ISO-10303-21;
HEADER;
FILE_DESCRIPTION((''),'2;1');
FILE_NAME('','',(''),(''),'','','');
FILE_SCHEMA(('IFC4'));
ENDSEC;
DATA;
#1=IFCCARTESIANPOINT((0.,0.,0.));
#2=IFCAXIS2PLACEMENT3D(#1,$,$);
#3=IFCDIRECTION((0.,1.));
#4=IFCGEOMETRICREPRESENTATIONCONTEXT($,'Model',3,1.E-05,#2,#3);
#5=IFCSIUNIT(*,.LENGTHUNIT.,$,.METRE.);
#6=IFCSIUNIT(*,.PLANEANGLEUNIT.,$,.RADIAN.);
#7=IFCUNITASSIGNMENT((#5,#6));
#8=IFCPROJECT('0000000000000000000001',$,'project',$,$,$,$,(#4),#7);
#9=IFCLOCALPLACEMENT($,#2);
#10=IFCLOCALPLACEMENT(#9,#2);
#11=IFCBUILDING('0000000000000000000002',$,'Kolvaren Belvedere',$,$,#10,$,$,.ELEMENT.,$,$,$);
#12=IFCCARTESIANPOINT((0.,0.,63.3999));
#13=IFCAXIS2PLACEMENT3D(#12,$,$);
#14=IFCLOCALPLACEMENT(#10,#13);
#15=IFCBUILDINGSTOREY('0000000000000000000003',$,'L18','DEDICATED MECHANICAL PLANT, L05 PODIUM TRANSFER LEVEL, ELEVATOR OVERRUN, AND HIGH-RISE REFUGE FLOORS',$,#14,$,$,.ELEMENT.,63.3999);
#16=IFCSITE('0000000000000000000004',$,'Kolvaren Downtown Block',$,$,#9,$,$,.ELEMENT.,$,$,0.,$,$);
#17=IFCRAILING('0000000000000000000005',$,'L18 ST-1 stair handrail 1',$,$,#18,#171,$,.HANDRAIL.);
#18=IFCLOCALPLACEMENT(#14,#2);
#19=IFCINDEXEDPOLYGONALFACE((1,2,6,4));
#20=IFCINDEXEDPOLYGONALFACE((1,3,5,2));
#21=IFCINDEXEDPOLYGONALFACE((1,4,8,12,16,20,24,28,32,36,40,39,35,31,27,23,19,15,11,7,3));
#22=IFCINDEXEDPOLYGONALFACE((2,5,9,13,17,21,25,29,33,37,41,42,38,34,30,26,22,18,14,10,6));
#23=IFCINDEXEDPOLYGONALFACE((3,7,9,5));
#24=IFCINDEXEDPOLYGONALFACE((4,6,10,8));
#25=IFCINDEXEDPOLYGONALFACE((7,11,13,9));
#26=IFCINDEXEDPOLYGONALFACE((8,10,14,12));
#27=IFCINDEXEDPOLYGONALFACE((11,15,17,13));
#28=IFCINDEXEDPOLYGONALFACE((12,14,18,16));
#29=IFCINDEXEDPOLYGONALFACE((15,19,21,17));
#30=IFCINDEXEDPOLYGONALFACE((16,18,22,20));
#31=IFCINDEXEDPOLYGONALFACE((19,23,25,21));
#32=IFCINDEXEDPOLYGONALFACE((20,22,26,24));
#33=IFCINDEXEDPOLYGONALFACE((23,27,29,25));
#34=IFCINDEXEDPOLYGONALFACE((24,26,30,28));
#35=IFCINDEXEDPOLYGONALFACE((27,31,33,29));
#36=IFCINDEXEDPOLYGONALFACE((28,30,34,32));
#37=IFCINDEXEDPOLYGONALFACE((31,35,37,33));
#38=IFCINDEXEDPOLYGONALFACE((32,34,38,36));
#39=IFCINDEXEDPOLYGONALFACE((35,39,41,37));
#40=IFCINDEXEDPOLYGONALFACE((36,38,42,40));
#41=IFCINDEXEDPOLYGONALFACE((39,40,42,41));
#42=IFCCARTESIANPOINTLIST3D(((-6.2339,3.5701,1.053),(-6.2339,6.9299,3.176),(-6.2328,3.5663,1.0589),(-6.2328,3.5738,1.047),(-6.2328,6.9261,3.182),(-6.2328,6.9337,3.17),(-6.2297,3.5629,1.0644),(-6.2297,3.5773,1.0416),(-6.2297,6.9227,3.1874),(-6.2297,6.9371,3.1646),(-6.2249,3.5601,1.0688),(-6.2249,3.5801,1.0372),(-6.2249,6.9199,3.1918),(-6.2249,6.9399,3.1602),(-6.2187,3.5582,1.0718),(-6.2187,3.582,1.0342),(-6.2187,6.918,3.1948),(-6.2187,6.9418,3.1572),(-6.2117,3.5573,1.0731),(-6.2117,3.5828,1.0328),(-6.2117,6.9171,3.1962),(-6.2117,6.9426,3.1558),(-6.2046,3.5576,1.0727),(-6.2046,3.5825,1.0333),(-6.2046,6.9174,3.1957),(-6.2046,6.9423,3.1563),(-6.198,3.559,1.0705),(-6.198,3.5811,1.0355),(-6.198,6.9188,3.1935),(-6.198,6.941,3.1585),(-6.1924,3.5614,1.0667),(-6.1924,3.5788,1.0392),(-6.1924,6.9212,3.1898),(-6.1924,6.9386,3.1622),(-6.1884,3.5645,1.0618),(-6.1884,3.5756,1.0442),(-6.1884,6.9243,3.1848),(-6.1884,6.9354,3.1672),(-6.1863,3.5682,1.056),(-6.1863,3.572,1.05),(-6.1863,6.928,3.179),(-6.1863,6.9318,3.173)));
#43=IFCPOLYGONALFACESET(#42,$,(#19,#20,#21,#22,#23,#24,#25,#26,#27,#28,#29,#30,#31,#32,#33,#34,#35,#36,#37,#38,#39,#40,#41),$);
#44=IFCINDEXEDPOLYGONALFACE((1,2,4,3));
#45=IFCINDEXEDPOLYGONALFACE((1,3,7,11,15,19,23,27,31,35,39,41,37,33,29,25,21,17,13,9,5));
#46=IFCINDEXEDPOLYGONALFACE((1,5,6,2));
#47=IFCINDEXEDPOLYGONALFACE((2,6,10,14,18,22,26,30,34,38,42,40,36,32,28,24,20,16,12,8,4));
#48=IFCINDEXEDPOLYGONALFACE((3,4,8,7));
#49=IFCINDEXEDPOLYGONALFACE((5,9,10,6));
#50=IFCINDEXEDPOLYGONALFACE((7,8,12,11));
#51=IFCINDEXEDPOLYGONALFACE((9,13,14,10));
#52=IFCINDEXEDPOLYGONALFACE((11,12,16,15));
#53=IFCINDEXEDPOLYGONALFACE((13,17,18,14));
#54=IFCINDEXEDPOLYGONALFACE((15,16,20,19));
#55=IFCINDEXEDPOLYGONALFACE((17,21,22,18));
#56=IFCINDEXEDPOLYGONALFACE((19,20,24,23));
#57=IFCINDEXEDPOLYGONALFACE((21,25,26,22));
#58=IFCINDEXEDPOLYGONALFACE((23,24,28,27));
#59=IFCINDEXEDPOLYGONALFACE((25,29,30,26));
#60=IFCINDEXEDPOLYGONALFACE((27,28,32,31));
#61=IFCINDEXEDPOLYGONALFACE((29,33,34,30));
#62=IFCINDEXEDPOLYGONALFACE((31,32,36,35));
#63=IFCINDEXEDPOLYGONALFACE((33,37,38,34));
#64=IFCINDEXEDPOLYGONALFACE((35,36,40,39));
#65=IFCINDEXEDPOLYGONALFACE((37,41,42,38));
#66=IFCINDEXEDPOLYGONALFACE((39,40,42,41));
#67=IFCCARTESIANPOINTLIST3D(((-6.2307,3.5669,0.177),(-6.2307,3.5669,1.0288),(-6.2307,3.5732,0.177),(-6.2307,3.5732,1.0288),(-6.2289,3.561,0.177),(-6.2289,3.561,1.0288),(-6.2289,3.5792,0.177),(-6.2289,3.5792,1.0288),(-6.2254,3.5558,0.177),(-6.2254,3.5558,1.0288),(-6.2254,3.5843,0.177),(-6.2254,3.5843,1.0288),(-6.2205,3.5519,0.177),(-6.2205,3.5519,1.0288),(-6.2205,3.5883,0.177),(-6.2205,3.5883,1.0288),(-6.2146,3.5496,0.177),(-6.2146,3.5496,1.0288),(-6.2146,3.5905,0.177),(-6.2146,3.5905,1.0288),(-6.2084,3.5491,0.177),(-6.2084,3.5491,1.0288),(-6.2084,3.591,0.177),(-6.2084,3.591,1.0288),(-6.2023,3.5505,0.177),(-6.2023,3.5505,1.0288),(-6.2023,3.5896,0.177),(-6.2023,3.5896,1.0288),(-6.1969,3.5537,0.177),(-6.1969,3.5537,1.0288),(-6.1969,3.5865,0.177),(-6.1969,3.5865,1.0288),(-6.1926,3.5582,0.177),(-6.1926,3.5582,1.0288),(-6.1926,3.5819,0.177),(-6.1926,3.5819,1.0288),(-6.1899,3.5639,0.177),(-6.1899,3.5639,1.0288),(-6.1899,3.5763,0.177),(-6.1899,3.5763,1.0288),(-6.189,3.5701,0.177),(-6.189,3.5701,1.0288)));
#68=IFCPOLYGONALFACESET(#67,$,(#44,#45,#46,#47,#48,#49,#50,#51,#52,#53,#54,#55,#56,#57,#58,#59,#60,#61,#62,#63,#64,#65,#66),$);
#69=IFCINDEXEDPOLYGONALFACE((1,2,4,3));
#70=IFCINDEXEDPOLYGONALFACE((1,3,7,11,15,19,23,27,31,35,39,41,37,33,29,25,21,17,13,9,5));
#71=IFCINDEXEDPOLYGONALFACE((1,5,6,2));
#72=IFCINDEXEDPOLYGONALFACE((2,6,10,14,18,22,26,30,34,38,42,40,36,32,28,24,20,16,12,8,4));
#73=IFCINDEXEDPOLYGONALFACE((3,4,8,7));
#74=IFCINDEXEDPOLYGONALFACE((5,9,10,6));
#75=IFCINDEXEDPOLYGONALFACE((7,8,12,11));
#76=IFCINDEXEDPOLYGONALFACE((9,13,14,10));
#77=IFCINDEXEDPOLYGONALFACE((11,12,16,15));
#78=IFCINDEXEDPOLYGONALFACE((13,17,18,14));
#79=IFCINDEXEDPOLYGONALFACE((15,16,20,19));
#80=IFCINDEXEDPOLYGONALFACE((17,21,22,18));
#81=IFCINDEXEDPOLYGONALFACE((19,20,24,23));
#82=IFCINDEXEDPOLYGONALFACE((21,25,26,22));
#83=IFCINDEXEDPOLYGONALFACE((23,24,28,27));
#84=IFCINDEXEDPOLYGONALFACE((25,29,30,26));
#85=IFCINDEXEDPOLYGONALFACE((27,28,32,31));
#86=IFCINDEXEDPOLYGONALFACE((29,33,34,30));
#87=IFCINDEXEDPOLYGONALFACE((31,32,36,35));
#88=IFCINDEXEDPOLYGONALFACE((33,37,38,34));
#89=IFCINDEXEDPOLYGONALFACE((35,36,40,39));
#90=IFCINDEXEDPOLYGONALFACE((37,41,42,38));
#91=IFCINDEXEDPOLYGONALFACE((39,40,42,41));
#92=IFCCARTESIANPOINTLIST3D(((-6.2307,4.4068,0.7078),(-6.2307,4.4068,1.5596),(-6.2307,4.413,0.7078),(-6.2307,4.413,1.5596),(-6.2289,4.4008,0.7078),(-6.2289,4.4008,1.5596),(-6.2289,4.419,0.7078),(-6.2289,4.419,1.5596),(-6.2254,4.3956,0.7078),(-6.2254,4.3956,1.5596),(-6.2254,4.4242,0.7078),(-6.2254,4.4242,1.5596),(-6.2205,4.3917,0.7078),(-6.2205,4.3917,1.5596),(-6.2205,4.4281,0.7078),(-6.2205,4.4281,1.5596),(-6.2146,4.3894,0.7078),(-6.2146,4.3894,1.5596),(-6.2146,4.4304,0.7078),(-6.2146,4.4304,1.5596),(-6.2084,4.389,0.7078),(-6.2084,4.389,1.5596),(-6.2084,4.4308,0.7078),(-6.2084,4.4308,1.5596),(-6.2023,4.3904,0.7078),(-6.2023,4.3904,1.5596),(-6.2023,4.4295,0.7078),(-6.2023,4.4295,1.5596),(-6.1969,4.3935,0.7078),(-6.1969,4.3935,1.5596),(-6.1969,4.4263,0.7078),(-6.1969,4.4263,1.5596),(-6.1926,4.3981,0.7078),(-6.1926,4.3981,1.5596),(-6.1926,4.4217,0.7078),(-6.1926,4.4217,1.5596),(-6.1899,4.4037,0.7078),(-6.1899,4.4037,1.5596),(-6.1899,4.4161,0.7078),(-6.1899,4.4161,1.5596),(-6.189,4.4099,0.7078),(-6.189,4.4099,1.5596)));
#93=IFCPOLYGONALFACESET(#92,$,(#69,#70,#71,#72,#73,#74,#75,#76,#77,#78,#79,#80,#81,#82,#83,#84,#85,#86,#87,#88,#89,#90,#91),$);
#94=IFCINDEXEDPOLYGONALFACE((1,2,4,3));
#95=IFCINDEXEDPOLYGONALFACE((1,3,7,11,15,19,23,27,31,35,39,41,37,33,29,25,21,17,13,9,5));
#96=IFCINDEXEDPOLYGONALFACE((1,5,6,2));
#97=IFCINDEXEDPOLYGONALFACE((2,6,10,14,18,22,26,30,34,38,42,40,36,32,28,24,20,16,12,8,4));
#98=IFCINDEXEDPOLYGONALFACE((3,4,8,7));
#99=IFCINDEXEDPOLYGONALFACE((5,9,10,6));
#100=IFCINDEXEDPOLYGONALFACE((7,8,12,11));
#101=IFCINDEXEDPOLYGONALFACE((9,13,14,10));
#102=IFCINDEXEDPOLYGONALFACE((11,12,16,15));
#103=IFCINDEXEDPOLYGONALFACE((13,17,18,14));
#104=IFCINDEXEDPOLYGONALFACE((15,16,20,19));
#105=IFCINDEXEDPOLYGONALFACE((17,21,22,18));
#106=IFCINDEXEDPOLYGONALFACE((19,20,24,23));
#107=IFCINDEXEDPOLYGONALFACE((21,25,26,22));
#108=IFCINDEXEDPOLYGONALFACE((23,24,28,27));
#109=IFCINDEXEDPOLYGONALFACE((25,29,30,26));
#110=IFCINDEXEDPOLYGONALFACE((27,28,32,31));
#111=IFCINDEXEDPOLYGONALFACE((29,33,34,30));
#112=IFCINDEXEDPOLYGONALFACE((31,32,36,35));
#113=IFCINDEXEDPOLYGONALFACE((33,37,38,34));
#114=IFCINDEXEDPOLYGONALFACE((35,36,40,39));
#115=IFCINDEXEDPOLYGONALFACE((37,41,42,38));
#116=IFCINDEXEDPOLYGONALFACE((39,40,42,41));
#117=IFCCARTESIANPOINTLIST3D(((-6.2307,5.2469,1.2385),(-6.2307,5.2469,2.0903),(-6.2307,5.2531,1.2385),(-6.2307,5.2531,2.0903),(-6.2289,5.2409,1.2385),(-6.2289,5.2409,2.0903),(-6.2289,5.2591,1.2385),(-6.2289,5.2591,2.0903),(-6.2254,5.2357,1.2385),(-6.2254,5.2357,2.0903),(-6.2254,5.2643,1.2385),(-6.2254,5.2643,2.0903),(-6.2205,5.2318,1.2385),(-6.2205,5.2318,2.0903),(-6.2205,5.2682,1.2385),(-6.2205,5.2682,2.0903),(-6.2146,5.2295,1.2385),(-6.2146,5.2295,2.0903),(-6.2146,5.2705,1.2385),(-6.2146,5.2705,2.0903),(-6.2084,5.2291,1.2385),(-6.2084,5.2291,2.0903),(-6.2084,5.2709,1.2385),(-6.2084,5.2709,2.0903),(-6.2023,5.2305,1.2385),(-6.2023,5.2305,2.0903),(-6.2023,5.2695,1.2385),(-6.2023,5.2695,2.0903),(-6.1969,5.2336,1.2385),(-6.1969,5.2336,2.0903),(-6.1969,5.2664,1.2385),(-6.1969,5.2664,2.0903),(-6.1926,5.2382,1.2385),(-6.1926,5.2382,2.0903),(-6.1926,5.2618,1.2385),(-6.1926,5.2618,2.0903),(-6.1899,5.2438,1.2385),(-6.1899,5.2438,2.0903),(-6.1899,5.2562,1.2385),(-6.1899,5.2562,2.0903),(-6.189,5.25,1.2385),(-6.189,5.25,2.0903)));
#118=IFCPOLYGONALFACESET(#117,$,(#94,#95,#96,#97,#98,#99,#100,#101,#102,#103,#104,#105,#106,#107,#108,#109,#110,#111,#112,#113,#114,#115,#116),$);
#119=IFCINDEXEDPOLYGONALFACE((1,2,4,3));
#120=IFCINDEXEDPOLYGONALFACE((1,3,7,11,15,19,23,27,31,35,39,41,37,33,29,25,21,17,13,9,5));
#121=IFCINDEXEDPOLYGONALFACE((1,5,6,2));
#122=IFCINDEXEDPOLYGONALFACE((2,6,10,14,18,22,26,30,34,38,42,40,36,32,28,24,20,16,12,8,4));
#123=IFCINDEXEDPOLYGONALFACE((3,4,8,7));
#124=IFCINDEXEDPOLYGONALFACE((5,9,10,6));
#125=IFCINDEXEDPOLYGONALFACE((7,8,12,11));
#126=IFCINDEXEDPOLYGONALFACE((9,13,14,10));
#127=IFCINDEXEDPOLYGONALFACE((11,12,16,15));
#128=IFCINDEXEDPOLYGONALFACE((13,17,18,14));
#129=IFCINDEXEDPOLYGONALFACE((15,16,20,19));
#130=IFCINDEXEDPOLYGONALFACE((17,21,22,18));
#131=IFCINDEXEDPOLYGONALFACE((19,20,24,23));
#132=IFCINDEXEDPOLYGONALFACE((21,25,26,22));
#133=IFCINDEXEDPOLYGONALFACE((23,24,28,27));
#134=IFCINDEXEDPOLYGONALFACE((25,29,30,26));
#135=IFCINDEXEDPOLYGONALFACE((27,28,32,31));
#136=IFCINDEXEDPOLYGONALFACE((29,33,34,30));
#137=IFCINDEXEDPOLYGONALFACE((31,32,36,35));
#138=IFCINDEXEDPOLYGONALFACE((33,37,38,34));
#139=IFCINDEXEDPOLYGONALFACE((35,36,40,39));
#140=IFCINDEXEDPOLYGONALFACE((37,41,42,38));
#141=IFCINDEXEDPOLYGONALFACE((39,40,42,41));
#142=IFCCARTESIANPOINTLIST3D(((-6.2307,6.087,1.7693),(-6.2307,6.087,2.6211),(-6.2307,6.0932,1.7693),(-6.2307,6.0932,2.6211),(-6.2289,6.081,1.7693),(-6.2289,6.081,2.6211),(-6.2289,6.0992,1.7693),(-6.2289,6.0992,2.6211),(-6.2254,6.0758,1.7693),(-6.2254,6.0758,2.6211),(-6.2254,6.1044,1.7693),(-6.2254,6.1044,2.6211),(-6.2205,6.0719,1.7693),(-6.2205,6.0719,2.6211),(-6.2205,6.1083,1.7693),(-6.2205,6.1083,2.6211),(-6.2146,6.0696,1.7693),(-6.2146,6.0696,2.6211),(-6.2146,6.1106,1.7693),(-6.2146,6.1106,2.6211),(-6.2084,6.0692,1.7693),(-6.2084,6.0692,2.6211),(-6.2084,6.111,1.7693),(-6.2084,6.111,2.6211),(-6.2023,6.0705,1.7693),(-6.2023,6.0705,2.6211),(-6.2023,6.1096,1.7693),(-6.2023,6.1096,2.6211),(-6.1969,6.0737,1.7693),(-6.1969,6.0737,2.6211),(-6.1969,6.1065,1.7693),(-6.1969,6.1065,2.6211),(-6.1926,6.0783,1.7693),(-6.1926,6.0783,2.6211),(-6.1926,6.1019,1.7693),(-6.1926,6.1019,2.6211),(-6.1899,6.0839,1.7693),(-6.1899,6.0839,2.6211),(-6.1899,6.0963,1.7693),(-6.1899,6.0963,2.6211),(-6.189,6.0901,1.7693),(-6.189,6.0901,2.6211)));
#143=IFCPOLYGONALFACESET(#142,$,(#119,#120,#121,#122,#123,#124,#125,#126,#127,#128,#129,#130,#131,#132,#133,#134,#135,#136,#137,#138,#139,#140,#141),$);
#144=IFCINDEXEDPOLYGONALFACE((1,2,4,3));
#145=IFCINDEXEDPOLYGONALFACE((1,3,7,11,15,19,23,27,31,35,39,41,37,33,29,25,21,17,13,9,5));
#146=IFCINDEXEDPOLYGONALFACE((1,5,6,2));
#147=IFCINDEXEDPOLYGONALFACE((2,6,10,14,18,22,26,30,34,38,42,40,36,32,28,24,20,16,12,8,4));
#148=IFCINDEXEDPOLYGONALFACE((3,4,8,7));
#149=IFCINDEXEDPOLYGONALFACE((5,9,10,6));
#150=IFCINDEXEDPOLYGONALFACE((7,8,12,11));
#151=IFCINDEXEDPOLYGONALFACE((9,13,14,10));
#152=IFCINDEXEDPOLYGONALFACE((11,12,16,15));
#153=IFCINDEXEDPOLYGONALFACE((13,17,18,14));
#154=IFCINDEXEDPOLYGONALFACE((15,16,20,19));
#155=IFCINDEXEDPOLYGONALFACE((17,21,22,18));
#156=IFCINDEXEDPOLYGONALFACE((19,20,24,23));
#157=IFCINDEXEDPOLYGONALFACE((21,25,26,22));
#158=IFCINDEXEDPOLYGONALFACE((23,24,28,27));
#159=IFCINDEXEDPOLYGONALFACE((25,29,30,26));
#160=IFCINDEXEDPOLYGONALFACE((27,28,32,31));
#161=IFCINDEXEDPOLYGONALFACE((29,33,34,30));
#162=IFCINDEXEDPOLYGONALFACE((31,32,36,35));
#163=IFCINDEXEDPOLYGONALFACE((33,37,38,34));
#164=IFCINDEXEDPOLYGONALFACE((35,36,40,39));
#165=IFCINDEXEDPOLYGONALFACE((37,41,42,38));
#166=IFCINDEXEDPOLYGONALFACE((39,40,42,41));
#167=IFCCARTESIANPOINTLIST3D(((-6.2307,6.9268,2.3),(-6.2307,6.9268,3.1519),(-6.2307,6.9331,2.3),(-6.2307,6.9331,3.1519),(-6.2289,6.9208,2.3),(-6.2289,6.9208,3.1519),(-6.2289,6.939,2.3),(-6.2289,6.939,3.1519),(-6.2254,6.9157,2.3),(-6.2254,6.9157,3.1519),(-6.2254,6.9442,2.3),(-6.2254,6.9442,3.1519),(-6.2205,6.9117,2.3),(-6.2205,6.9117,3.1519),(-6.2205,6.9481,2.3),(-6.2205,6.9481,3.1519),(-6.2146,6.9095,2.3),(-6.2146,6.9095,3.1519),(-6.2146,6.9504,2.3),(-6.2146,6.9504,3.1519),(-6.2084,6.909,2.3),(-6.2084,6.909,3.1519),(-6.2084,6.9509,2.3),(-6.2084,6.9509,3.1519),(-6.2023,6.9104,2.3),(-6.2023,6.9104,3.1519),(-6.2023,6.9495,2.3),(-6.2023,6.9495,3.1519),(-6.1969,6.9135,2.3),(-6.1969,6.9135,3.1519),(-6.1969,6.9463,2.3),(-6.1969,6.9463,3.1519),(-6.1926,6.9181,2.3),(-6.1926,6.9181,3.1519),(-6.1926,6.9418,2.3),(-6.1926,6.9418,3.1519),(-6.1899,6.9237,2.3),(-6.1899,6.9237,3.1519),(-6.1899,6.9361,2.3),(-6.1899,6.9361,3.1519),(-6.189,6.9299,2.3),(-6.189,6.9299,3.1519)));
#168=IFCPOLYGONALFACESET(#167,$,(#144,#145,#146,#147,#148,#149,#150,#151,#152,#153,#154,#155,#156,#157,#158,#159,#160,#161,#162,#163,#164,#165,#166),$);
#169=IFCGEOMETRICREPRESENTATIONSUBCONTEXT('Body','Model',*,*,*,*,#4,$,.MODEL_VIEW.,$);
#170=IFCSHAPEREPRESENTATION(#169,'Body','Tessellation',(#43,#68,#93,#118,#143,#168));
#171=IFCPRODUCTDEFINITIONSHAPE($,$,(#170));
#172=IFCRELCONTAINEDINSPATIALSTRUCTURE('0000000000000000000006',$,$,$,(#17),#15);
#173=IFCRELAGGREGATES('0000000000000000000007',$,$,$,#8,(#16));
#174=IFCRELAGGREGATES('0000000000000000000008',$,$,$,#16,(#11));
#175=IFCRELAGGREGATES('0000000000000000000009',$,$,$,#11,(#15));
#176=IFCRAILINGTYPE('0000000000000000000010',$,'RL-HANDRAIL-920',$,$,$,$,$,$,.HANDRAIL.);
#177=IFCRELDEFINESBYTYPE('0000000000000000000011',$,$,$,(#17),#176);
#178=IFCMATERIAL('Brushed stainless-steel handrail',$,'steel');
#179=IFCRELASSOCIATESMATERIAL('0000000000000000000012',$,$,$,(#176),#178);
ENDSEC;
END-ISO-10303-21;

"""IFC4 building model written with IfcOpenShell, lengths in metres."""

from ifc_helpers import new_model, si_unit, direction, frame, origin, origin_2d, place, context, subcontext, project, spatial, circle, extrude, material, type_object, element, save


model = new_model("IFC4")

# Units and contexts
model_context = context("Model", 3, precision=1e-05, world=origin(), true_north=direction((0.0, 1.0)))
body_context = subcontext(model_context, "Body", "Model", "MODEL_VIEW")
ifc_project = project(units=[si_unit("LENGTHUNIT", "METRE"), si_unit("PLANEANGLEUNIT", "RADIAN")], contexts=[model_context])

# Site, building, storey
site_placement = place(None, origin())
site = spatial("IfcSite", under=ifc_project, at=site_placement, Name="Kolvaren Downtown Block", CompositionType="ELEMENT", RefElevation=0.0)
building_placement = place(site_placement, origin())
building = spatial("IfcBuilding", under=site, at=building_placement, Name="Kolvaren Belvedere", CompositionType="ELEMENT")
storey_placement = place(building_placement, frame((0.0, 0.0, 63.3999)))
storey = spatial("IfcBuildingStorey", under=building, at=storey_placement, Name="L18", Description="DEDICATED MECHANICAL PLANT, L05 PODIUM TRANSFER LEVEL, ELEVATOR OVERRUN, AND HIGH-RISE REFUGE FLOORS", CompositionType="ELEMENT", Elevation=63.3999)

# Railing
ifc_material_1 = material(Name="Brushed stainless-steel handrail", Category="steel")
railing_type_1 = type_object("IfcRailingType", Name="RL-HANDRAIL-920", PredefinedType="HANDRAIL", material=ifc_material_1)
railing_1_placement = place(storey_placement, frame((-6.21, 3.5701, 0.177)))
element("IfcRailing", 1, at=railing_1_placement, inside=storey, type_object=railing_type_1, Name="L18 ST-1 stair handrail 1", PredefinedType="HANDRAIL", context=body_context, shape_type="SweptSolid", body=[
    extrude(circle(Radius=0.0239, at=origin_2d()), frame((0.0, 0.0, 0.876), z_axis=(0.0, 0.845372, 0.534178), x_axis=(-1.0, 0.0, 0.0)), (0.0, 0.0, 1.0), 3.9744),
    extrude(circle(Radius=0.021, at=origin_2d()), origin(), (0.0, 0.0, 1.0), 0.8518),
    extrude(circle(Radius=0.021, at=origin_2d()), frame((0.0, 0.8398, 0.5308)), (0.0, 0.0, 1.0), 0.8518),
    extrude(circle(Radius=0.021, at=origin_2d()), frame((0.0, 1.6799, 1.0615)), (0.0, 0.0, 1.0), 0.8518),
    extrude(circle(Radius=0.021, at=origin_2d()), frame((0.0, 2.52, 1.5923)), (0.0, 0.0, 1.0), 0.8518),
    extrude(circle(Radius=0.021, at=origin_2d()), frame((0.0, 3.3599, 2.123)), (0.0, 0.0, 1.0), 0.8518),
])

save(model, "model.ifc")
